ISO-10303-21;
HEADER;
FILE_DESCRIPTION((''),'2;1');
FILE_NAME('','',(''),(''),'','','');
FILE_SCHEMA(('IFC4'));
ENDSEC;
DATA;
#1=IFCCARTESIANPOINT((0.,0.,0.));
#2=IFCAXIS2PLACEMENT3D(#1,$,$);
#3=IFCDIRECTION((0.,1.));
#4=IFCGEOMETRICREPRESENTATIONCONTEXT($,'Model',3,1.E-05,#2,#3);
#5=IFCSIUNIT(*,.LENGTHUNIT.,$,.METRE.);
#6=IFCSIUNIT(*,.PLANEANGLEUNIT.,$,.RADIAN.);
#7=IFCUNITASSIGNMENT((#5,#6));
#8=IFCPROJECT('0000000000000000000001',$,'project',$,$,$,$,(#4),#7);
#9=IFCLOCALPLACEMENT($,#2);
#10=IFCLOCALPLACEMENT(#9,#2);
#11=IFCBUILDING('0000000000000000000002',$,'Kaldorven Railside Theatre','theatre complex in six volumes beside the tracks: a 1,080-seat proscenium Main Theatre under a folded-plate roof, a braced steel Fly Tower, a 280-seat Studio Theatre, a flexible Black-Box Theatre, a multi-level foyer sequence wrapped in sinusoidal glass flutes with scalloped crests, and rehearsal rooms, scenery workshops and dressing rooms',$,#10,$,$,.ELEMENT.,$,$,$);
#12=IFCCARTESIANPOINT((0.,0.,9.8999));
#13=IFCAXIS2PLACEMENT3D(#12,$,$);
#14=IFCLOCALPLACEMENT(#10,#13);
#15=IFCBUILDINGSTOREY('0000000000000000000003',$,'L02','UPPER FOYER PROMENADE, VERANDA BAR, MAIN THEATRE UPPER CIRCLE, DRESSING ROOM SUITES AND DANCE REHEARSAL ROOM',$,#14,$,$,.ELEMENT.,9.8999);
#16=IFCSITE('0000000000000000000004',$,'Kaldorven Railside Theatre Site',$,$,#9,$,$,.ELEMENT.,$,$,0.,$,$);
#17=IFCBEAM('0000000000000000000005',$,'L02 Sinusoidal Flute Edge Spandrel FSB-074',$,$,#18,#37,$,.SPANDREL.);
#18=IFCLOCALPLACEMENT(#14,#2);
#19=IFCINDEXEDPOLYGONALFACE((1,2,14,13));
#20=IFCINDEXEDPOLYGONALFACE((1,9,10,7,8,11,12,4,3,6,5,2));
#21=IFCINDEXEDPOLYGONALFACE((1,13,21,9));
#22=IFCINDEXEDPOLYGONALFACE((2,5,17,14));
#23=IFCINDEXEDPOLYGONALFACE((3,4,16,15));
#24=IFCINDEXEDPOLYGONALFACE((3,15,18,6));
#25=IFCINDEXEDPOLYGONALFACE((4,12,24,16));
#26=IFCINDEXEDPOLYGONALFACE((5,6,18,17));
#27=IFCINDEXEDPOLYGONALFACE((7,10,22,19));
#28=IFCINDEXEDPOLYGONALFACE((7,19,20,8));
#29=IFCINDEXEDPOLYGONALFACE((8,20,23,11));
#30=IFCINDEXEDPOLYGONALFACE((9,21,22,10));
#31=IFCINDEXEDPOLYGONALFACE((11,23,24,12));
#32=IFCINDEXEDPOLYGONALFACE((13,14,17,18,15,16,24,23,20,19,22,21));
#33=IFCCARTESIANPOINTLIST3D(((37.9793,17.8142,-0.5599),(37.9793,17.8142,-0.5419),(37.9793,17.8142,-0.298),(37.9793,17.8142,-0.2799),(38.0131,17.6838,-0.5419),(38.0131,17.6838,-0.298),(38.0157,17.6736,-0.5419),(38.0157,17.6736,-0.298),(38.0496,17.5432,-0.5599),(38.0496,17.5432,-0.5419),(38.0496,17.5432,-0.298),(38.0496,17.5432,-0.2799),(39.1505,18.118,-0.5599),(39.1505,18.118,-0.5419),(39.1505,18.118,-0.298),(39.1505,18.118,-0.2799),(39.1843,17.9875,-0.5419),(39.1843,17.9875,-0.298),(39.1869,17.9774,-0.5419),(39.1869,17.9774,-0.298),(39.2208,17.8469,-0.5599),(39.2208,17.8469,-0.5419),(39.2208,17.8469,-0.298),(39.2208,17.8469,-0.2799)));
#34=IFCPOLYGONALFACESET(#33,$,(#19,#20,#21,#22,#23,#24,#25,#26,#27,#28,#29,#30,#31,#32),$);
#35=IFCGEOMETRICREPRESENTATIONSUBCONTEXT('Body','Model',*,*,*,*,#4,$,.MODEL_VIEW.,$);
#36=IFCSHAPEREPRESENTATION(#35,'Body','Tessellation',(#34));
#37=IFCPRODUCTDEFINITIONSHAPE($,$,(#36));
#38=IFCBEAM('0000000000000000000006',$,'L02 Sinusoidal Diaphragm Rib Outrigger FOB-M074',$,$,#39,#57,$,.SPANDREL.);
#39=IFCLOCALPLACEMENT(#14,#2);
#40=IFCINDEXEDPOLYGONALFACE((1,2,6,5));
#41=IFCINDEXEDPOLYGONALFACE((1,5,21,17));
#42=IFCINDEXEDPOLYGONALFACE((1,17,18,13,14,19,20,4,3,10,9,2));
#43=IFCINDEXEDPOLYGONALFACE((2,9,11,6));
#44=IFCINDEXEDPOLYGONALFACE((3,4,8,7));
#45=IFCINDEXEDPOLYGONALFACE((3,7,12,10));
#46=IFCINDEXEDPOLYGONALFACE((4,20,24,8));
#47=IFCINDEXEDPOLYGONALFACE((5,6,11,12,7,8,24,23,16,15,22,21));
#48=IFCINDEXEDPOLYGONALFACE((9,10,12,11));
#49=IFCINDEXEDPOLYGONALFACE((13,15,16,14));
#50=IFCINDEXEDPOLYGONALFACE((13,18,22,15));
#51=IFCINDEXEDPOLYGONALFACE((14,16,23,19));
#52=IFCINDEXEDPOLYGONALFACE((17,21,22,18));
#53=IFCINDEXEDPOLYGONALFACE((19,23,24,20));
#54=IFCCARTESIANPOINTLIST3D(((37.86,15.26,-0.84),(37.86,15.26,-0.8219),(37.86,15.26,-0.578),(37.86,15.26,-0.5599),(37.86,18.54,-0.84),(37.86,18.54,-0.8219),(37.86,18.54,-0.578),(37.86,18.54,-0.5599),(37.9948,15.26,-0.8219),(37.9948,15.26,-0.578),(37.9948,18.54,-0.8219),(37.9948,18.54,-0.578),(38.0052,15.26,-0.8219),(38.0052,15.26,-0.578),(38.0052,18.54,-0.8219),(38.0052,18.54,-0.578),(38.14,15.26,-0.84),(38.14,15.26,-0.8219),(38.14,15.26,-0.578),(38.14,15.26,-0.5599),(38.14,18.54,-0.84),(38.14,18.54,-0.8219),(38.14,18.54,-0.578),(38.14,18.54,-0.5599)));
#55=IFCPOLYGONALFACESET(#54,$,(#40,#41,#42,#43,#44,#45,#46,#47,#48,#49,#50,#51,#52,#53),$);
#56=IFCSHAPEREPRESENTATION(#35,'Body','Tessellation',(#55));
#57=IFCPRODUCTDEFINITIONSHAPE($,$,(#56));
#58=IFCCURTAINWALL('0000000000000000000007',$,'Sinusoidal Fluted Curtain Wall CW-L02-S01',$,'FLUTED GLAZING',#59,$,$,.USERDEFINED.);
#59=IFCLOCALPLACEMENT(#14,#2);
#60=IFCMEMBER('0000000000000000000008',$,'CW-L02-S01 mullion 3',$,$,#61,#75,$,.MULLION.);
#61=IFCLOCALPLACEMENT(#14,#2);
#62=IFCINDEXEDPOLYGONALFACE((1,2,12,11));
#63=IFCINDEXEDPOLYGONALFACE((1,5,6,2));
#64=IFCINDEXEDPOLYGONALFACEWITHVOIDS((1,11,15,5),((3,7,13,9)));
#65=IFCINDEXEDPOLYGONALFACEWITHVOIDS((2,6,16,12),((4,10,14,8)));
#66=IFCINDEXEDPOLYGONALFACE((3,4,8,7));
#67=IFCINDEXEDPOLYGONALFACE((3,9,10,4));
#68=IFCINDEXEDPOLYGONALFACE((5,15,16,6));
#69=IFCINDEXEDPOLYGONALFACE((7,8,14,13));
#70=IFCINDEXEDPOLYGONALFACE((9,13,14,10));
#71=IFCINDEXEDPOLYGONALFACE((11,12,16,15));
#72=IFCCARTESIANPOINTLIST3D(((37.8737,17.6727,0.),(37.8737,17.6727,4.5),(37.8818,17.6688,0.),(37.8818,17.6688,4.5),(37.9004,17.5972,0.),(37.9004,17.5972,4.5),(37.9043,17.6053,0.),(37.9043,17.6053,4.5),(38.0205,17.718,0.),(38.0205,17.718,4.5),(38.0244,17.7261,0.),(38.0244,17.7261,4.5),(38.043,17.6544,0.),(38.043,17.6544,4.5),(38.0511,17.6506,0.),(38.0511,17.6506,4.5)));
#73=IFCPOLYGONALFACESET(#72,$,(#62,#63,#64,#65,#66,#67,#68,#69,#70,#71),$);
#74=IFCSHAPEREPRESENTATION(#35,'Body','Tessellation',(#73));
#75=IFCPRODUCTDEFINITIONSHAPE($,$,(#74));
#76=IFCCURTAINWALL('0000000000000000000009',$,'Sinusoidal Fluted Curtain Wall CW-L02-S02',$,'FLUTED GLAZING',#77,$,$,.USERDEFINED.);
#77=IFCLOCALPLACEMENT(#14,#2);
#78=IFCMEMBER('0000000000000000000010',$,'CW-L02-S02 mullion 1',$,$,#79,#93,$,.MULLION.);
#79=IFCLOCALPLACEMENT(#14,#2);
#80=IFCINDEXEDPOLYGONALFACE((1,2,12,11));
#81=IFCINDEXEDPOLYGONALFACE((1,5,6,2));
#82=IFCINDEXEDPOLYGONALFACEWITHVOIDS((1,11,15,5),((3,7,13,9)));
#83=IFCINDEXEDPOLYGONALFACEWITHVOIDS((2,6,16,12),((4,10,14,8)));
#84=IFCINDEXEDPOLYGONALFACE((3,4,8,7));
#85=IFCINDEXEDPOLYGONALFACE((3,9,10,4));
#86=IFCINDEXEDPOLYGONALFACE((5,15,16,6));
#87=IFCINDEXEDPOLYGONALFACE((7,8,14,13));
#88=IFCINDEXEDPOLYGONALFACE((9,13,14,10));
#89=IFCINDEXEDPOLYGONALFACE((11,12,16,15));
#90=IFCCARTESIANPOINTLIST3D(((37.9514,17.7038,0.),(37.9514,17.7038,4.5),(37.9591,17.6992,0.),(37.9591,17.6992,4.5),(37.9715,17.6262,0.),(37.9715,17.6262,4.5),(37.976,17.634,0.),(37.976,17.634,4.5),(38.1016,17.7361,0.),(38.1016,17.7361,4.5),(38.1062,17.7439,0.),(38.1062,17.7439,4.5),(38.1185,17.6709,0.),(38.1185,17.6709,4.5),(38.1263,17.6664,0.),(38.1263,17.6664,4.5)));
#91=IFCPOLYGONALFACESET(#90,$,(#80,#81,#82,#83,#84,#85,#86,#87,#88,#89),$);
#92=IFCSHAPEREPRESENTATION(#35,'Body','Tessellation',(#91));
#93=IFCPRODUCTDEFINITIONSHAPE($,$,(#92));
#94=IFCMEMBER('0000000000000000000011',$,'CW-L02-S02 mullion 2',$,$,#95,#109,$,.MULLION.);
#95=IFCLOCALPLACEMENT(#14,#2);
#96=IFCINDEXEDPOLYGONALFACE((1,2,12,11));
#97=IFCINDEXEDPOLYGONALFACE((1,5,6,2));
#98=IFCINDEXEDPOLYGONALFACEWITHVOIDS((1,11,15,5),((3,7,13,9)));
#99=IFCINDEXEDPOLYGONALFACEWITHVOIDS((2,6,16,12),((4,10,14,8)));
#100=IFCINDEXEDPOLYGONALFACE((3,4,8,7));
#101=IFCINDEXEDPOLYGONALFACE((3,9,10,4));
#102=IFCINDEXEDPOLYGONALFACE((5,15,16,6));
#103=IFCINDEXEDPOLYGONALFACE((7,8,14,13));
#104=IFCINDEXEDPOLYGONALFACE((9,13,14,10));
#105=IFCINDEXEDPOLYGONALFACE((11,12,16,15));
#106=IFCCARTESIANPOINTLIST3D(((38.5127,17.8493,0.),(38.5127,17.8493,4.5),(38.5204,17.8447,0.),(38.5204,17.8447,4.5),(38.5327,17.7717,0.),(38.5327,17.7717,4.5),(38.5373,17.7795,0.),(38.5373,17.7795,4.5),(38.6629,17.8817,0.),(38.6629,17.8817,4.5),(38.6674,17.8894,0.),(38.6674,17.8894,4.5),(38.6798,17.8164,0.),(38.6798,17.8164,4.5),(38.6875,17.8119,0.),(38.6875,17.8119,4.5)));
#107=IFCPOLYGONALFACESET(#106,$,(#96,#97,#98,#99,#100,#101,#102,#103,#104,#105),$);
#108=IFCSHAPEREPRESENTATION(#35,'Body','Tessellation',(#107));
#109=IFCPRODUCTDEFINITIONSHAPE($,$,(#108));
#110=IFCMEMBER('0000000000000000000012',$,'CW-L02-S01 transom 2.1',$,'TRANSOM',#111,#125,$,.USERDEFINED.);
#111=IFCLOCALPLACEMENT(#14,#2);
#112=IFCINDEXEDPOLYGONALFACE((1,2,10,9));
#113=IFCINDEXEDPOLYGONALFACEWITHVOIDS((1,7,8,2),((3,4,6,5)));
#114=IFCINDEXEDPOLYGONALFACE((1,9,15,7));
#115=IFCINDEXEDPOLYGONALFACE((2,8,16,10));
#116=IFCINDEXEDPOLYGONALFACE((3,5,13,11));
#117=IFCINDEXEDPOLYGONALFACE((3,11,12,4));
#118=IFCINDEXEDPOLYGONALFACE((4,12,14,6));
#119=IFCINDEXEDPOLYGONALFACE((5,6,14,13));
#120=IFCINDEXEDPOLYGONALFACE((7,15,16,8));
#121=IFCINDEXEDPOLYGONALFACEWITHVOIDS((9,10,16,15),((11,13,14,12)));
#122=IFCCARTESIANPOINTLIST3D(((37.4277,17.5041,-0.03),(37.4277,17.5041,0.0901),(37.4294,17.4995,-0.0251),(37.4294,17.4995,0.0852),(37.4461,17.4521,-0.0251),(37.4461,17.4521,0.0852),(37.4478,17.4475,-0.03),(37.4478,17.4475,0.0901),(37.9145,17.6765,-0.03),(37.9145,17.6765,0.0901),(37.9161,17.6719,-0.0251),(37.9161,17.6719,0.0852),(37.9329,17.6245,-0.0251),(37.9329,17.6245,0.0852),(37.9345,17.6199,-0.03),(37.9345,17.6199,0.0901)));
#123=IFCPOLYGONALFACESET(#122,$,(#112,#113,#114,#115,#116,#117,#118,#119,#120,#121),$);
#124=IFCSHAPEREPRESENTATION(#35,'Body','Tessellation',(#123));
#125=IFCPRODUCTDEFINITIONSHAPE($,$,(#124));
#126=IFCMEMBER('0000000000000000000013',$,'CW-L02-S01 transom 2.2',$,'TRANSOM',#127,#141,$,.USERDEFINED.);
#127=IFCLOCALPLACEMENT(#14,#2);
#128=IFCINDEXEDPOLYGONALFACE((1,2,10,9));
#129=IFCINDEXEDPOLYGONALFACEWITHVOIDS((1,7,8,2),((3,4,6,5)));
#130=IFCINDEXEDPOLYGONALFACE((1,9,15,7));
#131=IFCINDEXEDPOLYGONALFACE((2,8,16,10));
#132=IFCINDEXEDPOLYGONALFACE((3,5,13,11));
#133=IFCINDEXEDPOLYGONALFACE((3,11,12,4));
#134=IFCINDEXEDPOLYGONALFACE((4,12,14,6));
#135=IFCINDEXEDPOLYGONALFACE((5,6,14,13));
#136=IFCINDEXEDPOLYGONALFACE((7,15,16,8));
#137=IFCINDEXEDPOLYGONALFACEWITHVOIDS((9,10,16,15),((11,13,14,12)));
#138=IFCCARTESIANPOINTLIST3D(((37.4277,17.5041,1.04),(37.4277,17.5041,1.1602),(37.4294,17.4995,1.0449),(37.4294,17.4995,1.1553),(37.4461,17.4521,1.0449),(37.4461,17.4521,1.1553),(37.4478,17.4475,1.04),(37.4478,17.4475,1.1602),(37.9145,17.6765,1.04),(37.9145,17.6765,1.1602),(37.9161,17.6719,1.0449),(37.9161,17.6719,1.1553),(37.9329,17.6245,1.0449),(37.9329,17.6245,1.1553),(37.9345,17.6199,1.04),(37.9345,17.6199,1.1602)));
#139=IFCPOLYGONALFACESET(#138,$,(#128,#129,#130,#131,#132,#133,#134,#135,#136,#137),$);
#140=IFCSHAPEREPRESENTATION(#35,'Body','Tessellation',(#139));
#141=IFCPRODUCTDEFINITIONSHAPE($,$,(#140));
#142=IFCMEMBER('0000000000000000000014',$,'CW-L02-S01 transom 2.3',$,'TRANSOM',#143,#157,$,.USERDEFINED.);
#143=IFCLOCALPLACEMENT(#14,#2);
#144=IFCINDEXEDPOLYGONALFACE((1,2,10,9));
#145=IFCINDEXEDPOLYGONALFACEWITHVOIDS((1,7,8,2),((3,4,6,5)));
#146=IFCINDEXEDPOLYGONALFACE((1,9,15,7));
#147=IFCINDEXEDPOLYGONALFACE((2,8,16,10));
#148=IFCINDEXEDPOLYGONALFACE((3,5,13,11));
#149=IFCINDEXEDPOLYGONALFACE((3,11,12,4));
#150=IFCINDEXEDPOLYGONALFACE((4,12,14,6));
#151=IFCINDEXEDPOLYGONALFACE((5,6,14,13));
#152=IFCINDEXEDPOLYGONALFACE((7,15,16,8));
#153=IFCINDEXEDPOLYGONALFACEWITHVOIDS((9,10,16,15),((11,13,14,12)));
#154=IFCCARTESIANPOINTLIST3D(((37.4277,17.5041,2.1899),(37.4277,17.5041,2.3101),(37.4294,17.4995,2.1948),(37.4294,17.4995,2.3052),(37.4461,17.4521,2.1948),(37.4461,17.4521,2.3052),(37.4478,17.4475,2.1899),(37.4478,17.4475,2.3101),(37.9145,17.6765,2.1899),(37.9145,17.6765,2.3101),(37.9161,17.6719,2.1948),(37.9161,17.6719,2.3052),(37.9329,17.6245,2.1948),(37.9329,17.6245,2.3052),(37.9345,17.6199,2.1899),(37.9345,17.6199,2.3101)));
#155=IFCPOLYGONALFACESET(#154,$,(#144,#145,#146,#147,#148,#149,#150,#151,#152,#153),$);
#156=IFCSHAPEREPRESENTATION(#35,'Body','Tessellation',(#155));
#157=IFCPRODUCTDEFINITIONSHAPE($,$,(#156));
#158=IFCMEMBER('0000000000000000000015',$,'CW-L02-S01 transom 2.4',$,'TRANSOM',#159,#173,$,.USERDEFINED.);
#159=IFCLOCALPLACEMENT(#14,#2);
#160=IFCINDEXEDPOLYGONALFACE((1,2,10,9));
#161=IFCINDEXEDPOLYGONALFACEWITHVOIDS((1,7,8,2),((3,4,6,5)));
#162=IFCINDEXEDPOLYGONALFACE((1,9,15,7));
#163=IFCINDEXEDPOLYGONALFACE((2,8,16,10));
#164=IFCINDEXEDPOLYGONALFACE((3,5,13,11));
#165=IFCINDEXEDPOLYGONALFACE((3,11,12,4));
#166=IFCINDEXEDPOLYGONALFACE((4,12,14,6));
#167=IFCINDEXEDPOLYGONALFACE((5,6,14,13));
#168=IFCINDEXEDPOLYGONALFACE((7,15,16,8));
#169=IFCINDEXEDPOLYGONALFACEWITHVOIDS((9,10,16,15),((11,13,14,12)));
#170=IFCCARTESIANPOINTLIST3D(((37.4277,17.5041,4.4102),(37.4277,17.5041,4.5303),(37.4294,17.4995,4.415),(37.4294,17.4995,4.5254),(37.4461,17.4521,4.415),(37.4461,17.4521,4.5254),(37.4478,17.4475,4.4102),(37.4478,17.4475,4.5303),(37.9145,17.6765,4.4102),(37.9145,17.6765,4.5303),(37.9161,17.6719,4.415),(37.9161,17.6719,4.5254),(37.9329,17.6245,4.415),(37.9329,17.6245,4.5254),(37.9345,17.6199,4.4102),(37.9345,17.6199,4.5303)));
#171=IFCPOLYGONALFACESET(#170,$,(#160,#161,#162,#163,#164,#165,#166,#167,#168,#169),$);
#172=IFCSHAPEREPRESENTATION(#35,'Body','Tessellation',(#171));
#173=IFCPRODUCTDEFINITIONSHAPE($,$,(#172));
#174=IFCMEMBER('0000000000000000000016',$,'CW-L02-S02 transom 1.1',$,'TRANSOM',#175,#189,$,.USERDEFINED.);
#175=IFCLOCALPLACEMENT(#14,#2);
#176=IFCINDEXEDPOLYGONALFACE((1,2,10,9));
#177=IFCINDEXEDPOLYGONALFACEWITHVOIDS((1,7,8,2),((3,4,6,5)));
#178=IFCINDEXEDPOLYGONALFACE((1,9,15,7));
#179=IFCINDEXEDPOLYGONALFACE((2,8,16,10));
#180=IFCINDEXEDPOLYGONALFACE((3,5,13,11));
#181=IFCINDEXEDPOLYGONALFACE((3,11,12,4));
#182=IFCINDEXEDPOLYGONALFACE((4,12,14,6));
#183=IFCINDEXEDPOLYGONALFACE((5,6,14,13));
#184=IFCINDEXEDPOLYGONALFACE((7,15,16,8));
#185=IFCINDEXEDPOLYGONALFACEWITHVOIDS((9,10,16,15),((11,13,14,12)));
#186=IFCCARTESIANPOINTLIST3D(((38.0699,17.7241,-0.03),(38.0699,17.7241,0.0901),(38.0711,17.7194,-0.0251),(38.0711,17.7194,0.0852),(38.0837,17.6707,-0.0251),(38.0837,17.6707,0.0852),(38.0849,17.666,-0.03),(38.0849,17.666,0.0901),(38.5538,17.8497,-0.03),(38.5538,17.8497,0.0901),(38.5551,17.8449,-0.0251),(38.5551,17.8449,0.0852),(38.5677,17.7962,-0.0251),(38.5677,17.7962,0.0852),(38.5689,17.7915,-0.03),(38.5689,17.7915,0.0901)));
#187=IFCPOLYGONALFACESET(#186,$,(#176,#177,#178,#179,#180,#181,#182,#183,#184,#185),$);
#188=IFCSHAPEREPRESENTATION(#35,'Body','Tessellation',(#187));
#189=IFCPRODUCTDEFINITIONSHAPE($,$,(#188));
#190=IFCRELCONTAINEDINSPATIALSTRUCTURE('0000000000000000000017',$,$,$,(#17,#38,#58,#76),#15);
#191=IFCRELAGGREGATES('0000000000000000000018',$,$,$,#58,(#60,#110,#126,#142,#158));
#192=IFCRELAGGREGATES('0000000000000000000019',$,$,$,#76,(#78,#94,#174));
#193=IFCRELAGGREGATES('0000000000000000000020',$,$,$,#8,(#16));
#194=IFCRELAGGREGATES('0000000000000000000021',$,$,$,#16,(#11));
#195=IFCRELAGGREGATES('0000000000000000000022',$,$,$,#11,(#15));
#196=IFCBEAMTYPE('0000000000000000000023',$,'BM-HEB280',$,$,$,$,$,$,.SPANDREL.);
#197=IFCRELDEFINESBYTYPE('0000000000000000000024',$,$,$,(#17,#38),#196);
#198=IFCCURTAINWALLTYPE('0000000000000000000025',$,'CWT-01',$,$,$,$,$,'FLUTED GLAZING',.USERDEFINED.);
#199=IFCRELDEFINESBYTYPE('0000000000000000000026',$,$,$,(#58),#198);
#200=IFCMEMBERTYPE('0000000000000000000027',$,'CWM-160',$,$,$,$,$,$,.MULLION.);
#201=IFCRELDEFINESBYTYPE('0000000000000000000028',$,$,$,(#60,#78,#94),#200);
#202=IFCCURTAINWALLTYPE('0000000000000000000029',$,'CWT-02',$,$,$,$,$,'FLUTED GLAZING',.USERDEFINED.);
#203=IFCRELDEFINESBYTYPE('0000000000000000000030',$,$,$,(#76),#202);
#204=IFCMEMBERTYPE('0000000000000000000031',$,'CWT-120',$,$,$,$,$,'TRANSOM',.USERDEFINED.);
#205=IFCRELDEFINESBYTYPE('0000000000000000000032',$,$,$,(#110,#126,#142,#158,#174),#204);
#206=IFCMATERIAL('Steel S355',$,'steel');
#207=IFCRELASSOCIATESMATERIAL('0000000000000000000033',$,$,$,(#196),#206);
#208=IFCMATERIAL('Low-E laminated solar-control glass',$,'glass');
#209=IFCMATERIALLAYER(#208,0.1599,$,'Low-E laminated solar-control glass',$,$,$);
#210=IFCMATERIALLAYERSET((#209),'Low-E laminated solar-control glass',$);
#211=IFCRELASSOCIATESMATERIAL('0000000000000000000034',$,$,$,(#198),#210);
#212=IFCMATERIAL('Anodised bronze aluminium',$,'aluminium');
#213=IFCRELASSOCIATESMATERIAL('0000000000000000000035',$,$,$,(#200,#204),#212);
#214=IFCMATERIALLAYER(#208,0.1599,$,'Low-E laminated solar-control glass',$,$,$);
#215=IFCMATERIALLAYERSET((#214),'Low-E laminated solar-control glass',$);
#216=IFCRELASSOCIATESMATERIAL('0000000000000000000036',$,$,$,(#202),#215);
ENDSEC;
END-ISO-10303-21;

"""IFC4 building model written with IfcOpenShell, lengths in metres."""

from ifc_helpers import new_model, si_unit, direction, frame, origin, origin_2d, place, context, subcontext, project, spatial, hollow_rectangle, i_section, extrude, material, layer, layer_set, material_profile, profile_set, type_object, element, aggregate, save


model = new_model("IFC4")

# Units and contexts
model_context = context("Model", 3, precision=1e-05, world=origin(), true_north=direction((0.0, 1.0)))
body_context = subcontext(model_context, "Body", "Model", "MODEL_VIEW")
ifc_project = project(units=[si_unit("LENGTHUNIT", "METRE"), si_unit("PLANEANGLEUNIT", "RADIAN")], contexts=[model_context])

# Site, building, storey
site_placement = place(None, origin())
site = spatial("IfcSite", under=ifc_project, at=site_placement, Name="Kaldorven Railside Theatre Site", CompositionType="ELEMENT", RefElevation=0.0)
building_placement = place(site_placement, origin())
building = spatial("IfcBuilding", under=site, at=building_placement, Name="Kaldorven Railside Theatre", Description="theatre complex in six volumes beside the tracks: a 1,080-seat proscenium Main Theatre under a folded-plate roof, a braced steel Fly Tower, a 280-seat Studio Theatre, a flexible Black-Box Theatre, a multi-level foyer sequence wrapped in sinusoidal glass flutes with scalloped crests, and rehearsal rooms, scenery workshops and dressing rooms", CompositionType="ELEMENT")
storey_placement = place(building_placement, frame((0.0, 0.0, 9.8999)))
storey = spatial("IfcBuildingStorey", under=building, at=storey_placement, Name="L02", Description="UPPER FOYER PROMENADE, VERANDA BAR, MAIN THEATRE UPPER CIRCLE, DRESSING ROOM SUITES AND DANCE REHEARSAL ROOM", CompositionType="ELEMENT", Elevation=9.8999)

# Beams
ifc_material_1 = material(Name="Steel S355", Category="steel")
ifc_material_profile_1 = material_profile(ifc_material_1, i_section(OverallWidth=0.28, OverallDepth=0.28, WebThickness=0.0105, FlangeThickness=0.0181, at=origin_2d()), Name="HEB 280")
ifc_profile_set_1 = profile_set([ifc_material_profile_1], Name="Steel S355")
beam_type = type_object("IfcBeamType", Name="BM-HEB280", PredefinedType="SPANDREL", material=ifc_profile_set_1)
beam_1_placement = place(storey_placement, frame((38.0144, 17.6787, -0.4199), z_axis=(0.967981, 0.251025, 0.0), x_axis=(-0.251025, 0.967981, 0.0)))
element("IfcBeam", 1, at=beam_1_placement, inside=storey, type_object=beam_type, Name="L02 Sinusoidal Flute Edge Spandrel FSB-074", PredefinedType="SPANDREL", context=body_context, shape_type="SweptSolid", body=[
    extrude(i_section(OverallWidth=0.28, OverallDepth=0.28, WebThickness=0.0105, FlangeThickness=0.0181, at=origin_2d()), origin(), (0.0, 0.0, 1.0), 1.21),
])
beam_2_placement = place(storey_placement, frame((38.0, 15.26, -0.7), z_axis=(0.0, 1.0, 0.0), x_axis=(-1.0, 0.0, 0.0)))
element("IfcBeam", 2, at=beam_2_placement, inside=storey, type_object=beam_type, Name="L02 Sinusoidal Diaphragm Rib Outrigger FOB-M074", PredefinedType="SPANDREL", context=body_context, shape_type="SweptSolid", body=[
    extrude(i_section(OverallWidth=0.28, OverallDepth=0.28, WebThickness=0.0105, FlangeThickness=0.0181, at=origin_2d()), origin(), (0.0, 0.0, 1.0), 3.28),
])

# Curtain wall, member
ifc_material_2 = material(Name="Low-E laminated solar-control glass", Category="glass")
ifc_layer_1 = layer(ifc_material_2, 0.1599, Name="Low-E laminated solar-control glass")
ifc_layer_set_1 = layer_set([ifc_layer_1], Name="Low-E laminated solar-control glass")
curtain_wall_type_1 = type_object("IfcCurtainWallType", Name="CWT-01", ElementType="FLUTED GLAZING", PredefinedType="USERDEFINED", material=ifc_layer_set_1)
curtain_wall_1_placement = place(storey_placement, origin())
curtain_wall_1 = element("IfcCurtainWall", 3, at=curtain_wall_1_placement, inside=storey, type_object=curtain_wall_type_1, Name="Sinusoidal Fluted Curtain Wall CW-L02-S01", ObjectType="FLUTED GLAZING", PredefinedType="USERDEFINED")
ifc_material_3 = material(Name="Anodised bronze aluminium", Category="aluminium")
ifc_material_profile_2 = material_profile(ifc_material_3, hollow_rectangle(XDim=0.0801, YDim=0.1599, WallThickness=0.0063, at=origin_2d()), Name="RHS 160x80x6.3")
ifc_profile_set_2 = profile_set([ifc_material_profile_2], Name="Anodised bronze aluminium")
member_type_1 = type_object("IfcMemberType", Name="CWM-160", PredefinedType="MULLION", material=ifc_profile_set_2)
member_1_placement = place(storey_placement, frame((37.9624, 17.6616, 0.0), z_axis=(0.0, 0.0, 1.0), x_axis=(-0.333847, 0.942627, 0.0)))
member_1 = element("IfcMember", 4, at=member_1_placement, type_object=member_type_1, Name="CW-L02-S01 mullion 3", PredefinedType="MULLION", context=body_context, shape_type="SweptSolid", body=[
    extrude(hollow_rectangle(XDim=0.0801, YDim=0.1599, WallThickness=0.0063, at=origin_2d()), origin(), (0.0, 0.0, 1.0), 4.5),
])

# Curtain wall, members
ifc_layer_2 = layer(ifc_material_2, 0.1599, Name="Low-E laminated solar-control glass")
ifc_layer_set_2 = layer_set([ifc_layer_2], Name="Low-E laminated solar-control glass")
curtain_wall_type_2 = type_object("IfcCurtainWallType", Name="CWT-02", ElementType="FLUTED GLAZING", PredefinedType="USERDEFINED", material=ifc_layer_set_2)
curtain_wall_2_placement = place(storey_placement, origin())
curtain_wall_2 = element("IfcCurtainWall", 5, at=curtain_wall_2_placement, inside=storey, type_object=curtain_wall_type_2, Name="Sinusoidal Fluted Curtain Wall CW-L02-S02", ObjectType="FLUTED GLAZING", PredefinedType="USERDEFINED")
member_2_placement = place(storey_placement, frame((38.0388, 17.6851, 0.0), z_axis=(0.0, 0.0, 1.0), x_axis=(-0.250954, 0.967999, 0.0)))
member_2 = element("IfcMember", 6, at=member_2_placement, type_object=member_type_1, Name="CW-L02-S02 mullion 1", PredefinedType="MULLION", context=body_context, shape_type="SweptSolid", body=[
    extrude(hollow_rectangle(XDim=0.0801, YDim=0.1599, WallThickness=0.0063, at=origin_2d()), origin(), (0.0, 0.0, 1.0), 4.5),
])
member_3_placement = place(storey_placement, frame((38.6001, 17.8306, 0.0), z_axis=(0.0, 0.0, 1.0), x_axis=(-0.250954, 0.967999, 0.0)))
member_3 = element("IfcMember", 7, at=member_3_placement, type_object=member_type_1, Name="CW-L02-S02 mullion 2", PredefinedType="MULLION", context=body_context, shape_type="SweptSolid", body=[
    extrude(hollow_rectangle(XDim=0.0801, YDim=0.1599, WallThickness=0.0063, at=origin_2d()), origin(), (0.0, 0.0, 1.0), 4.5),
])

# Members
ifc_material_profile_3 = material_profile(ifc_material_3, hollow_rectangle(XDim=0.0601, YDim=0.1201, WallThickness=0.0049, at=origin_2d()), Name="RHS 120x60x5")
ifc_profile_set_3 = profile_set([ifc_material_profile_3], Name="Anodised bronze aluminium")
member_type_2 = type_object("IfcMemberType", Name="CWT-120", ElementType="TRANSOM", PredefinedType="USERDEFINED", material=ifc_profile_set_3)
member_4_placement = place(storey_placement, frame((37.4377, 17.4758, 0.03), z_axis=(0.942658, 0.33376, 0.0), x_axis=(-0.33376, 0.942658, 0.0)))
member_4 = element("IfcMember", 8, at=member_4_placement, type_object=member_type_2, Name="CW-L02-S01 transom 2.1", ObjectType="TRANSOM", PredefinedType="USERDEFINED", context=body_context, shape_type="SweptSolid", body=[
    extrude(hollow_rectangle(XDim=0.0601, YDim=0.1201, WallThickness=0.0049, at=origin_2d()), origin(), (0.0, 0.0, 1.0), 0.5164),
])
member_5_placement = place(storey_placement, frame((37.4377, 17.4758, 1.1001), z_axis=(0.942658, 0.33376, 0.0), x_axis=(-0.33376, 0.942658, 0.0)))
member_5 = element("IfcMember", 9, at=member_5_placement, type_object=member_type_2, Name="CW-L02-S01 transom 2.2", ObjectType="TRANSOM", PredefinedType="USERDEFINED", context=body_context, shape_type="SweptSolid", body=[
    extrude(hollow_rectangle(XDim=0.0601, YDim=0.1201, WallThickness=0.0049, at=origin_2d()), origin(), (0.0, 0.0, 1.0), 0.5164),
])
member_6_placement = place(storey_placement, frame((37.4377, 17.4758, 2.25), z_axis=(0.942658, 0.33376, 0.0), x_axis=(-0.33376, 0.942658, 0.0)))
member_6 = element("IfcMember", 10, at=member_6_placement, type_object=member_type_2, Name="CW-L02-S01 transom 2.3", ObjectType="TRANSOM", PredefinedType="USERDEFINED", context=body_context, shape_type="SweptSolid", body=[
    extrude(hollow_rectangle(XDim=0.0601, YDim=0.1201, WallThickness=0.0049, at=origin_2d()), origin(), (0.0, 0.0, 1.0), 0.5164),
])
member_7_placement = place(storey_placement, frame((37.4377, 17.4758, 4.4702), z_axis=(0.942658, 0.33376, 0.0), x_axis=(-0.33376, 0.942658, 0.0)))
member_7 = element("IfcMember", 11, at=member_7_placement, type_object=member_type_2, Name="CW-L02-S01 transom 2.4", ObjectType="TRANSOM", PredefinedType="USERDEFINED", context=body_context, shape_type="SweptSolid", body=[
    extrude(hollow_rectangle(XDim=0.0601, YDim=0.1201, WallThickness=0.0049, at=origin_2d()), origin(), (0.0, 0.0, 1.0), 0.5164),
])
member_8_placement = place(storey_placement, frame((38.0774, 17.6951, 0.03), z_axis=(0.967979, 0.25103, 0.0), x_axis=(-0.25103, 0.967979, 0.0)))
member_8 = element("IfcMember", 12, at=member_8_placement, type_object=member_type_2, Name="CW-L02-S02 transom 1.1", ObjectType="TRANSOM", PredefinedType="USERDEFINED", context=body_context, shape_type="SweptSolid", body=[
    extrude(hollow_rectangle(XDim=0.0601, YDim=0.1201, WallThickness=0.0049, at=origin_2d()), origin(), (0.0, 0.0, 1.0), 0.5),
])

aggregate(curtain_wall_1, [member_1, member_4, member_5, member_6, member_7])
aggregate(curtain_wall_2, [member_2, member_3, member_8])

save(model, "model.ifc")
